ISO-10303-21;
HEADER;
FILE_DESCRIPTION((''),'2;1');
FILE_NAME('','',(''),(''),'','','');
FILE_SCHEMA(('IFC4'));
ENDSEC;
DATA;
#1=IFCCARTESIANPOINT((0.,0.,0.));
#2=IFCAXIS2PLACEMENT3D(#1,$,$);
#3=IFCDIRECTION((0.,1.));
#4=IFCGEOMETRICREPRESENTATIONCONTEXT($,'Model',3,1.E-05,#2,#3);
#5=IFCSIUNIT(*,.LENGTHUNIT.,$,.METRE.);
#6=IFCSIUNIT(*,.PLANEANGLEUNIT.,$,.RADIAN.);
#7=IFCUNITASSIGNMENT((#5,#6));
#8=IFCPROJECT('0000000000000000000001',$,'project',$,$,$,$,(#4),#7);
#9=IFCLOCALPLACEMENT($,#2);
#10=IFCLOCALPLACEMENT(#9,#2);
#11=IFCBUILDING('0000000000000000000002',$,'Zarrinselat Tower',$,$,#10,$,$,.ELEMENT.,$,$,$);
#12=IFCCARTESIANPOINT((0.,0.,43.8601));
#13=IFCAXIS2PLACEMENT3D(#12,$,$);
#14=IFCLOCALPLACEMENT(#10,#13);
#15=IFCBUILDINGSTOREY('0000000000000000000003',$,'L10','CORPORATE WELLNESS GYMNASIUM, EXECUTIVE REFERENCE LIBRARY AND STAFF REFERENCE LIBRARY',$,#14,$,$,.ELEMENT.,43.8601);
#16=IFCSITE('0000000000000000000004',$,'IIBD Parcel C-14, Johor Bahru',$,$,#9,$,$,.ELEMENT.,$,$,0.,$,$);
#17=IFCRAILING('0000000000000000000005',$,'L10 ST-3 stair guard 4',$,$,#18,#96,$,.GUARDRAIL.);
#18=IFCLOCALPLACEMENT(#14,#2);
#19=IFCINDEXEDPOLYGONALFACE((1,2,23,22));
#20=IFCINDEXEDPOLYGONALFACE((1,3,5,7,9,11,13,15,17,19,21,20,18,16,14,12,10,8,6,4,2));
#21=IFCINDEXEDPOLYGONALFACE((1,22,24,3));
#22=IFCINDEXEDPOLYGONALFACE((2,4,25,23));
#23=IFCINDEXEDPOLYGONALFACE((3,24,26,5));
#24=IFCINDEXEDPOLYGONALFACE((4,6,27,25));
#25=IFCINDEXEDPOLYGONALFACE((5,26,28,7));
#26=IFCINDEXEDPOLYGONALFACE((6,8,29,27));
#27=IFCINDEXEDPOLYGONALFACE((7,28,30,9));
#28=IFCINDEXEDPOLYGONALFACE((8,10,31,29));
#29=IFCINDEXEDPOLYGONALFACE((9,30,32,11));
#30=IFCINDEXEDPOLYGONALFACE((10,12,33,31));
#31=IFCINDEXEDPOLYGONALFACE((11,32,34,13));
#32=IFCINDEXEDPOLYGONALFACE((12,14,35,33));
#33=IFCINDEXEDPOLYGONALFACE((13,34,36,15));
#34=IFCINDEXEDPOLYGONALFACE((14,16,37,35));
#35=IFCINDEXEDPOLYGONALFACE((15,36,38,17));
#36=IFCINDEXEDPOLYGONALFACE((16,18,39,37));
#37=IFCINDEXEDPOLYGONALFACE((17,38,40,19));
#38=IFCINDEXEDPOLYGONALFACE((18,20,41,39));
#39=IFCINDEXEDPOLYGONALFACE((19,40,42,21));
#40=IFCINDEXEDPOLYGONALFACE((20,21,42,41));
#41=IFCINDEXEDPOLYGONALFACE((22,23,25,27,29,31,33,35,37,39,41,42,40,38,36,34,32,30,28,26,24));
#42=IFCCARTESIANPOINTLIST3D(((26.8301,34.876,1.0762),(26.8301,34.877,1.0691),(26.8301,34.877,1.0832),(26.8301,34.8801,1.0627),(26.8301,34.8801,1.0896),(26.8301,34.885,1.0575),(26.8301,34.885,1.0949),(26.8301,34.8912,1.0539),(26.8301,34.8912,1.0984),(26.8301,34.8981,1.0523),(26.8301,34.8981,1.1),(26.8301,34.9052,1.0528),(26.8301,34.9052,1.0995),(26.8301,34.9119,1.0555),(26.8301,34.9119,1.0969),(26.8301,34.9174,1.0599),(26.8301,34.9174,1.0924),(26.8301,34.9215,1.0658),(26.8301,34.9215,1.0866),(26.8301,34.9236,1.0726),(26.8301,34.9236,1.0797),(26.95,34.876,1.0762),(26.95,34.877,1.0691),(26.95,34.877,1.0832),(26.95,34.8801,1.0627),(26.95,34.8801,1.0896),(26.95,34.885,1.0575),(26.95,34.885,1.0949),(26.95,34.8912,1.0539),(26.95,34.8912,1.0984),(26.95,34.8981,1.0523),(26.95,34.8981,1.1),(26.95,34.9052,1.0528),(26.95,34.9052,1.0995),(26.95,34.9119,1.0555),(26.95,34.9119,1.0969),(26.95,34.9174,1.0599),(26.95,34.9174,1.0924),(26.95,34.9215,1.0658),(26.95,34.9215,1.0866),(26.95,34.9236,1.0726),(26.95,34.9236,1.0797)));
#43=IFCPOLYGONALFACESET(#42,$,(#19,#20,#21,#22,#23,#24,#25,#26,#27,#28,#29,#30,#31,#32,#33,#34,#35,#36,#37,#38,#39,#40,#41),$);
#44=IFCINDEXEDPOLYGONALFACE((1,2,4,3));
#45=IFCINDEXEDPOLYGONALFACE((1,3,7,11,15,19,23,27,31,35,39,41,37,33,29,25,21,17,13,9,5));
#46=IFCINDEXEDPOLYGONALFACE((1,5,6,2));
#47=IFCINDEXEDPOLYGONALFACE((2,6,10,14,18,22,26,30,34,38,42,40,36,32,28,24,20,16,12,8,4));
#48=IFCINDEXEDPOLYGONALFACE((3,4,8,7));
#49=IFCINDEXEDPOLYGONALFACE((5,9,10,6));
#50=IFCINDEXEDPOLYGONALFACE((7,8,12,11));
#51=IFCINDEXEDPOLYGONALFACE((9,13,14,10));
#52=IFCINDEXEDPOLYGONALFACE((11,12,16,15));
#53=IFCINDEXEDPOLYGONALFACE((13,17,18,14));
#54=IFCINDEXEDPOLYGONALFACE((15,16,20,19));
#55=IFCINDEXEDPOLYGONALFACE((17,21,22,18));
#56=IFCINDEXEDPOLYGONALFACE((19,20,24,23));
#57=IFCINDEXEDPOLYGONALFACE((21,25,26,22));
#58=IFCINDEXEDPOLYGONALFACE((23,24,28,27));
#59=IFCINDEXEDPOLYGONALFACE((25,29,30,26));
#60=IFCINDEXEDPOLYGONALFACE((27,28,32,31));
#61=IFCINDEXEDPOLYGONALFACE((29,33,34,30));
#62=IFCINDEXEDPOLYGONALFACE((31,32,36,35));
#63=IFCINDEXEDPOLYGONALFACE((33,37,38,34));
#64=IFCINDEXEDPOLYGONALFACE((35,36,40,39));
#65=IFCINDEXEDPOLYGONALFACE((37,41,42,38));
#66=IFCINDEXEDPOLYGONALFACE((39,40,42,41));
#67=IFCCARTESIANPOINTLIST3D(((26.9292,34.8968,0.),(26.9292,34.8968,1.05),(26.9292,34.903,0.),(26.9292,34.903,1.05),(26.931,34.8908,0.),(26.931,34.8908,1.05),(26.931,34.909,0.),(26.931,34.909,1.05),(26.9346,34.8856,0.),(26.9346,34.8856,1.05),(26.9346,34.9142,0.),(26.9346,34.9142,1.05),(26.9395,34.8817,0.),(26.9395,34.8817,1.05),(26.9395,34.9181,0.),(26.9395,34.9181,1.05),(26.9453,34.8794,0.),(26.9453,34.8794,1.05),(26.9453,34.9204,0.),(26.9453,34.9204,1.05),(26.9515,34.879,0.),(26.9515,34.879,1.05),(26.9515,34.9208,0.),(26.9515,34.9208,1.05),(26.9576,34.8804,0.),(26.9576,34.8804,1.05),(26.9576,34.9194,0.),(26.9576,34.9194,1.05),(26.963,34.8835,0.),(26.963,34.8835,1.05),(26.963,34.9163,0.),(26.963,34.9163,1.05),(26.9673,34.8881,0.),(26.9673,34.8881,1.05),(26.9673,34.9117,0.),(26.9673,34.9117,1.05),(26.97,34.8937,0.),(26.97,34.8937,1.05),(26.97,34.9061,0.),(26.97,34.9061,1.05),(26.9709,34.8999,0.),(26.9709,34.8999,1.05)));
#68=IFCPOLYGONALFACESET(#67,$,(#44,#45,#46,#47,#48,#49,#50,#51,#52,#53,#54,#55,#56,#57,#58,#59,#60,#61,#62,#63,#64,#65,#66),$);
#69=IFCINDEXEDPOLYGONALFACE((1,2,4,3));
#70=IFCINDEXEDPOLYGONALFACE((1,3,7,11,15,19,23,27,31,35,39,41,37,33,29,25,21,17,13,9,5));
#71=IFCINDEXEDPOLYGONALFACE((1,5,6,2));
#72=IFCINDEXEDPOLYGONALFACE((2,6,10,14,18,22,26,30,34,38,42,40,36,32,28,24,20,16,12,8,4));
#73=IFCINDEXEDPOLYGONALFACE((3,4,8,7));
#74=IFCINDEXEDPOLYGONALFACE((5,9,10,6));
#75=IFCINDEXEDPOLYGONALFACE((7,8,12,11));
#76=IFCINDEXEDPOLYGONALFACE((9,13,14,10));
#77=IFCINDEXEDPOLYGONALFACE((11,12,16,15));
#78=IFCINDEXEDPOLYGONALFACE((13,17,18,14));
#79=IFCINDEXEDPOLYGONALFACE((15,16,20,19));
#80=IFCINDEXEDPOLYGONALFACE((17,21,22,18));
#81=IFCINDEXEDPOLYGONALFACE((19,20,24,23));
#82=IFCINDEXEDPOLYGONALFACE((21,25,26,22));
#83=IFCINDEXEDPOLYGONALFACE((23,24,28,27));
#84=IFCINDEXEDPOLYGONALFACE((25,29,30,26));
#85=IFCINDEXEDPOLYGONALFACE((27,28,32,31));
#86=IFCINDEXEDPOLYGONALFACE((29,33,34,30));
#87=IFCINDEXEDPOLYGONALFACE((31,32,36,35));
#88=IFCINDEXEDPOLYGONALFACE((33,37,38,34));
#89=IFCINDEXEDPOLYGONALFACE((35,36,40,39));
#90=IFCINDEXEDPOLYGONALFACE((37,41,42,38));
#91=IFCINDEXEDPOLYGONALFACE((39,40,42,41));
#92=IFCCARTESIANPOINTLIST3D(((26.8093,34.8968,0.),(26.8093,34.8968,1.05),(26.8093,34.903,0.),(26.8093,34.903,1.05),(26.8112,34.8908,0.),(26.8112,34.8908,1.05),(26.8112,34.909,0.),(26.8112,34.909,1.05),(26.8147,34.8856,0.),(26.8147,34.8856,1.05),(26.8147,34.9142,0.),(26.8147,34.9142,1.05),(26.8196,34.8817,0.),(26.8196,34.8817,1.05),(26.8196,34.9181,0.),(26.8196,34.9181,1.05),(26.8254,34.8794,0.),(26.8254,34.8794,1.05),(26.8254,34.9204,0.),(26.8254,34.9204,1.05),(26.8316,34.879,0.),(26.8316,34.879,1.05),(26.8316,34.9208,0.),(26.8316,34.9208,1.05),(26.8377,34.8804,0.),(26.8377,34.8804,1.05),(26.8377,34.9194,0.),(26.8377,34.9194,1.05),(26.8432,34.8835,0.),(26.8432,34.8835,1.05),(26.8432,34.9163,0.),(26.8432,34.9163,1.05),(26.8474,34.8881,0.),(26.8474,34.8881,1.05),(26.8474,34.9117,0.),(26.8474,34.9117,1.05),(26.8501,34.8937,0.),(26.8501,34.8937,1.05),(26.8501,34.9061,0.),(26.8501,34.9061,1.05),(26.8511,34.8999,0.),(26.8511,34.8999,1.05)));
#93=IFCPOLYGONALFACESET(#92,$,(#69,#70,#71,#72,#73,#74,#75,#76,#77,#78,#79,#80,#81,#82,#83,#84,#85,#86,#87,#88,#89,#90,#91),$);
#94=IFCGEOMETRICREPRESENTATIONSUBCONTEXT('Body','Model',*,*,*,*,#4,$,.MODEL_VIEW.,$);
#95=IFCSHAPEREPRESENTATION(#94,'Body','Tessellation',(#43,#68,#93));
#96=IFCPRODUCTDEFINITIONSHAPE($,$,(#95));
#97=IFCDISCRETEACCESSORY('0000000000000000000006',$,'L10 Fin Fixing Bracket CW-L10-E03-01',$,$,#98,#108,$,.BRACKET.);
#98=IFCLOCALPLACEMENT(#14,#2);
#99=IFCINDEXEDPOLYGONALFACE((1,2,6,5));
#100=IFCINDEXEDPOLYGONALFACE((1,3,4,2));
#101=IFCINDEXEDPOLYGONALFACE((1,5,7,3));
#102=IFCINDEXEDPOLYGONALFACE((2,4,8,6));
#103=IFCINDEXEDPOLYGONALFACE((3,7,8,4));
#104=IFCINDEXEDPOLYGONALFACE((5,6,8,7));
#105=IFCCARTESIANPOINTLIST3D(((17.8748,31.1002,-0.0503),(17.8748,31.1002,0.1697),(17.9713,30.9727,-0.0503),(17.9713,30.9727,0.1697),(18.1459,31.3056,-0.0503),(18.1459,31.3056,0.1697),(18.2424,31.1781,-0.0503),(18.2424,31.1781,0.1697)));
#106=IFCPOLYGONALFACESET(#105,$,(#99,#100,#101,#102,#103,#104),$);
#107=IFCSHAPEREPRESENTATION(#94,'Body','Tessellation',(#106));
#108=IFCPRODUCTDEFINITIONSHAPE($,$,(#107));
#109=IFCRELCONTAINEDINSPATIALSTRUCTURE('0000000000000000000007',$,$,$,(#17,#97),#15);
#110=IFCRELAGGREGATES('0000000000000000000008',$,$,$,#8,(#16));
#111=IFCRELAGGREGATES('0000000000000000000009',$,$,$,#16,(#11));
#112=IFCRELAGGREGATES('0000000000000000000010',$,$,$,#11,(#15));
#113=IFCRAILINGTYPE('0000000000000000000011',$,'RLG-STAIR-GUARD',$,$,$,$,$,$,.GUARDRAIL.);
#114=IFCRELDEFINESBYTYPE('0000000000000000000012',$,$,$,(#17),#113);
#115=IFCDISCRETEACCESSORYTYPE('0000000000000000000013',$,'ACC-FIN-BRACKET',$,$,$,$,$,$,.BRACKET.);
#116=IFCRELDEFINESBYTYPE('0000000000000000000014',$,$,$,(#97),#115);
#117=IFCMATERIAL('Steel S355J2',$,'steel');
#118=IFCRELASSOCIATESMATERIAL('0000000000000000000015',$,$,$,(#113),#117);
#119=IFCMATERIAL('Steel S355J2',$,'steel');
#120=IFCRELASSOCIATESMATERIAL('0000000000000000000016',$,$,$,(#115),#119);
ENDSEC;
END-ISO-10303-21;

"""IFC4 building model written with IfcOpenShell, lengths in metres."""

from ifc_helpers import new_model, si_unit, direction, frame, origin, origin_2d, place, context, subcontext, project, spatial, rectangle, circle, extrude, material, type_object, element, save


model = new_model("IFC4")

# Units and contexts
model_context = context("Model", 3, precision=1e-05, world=origin(), true_north=direction((0.0, 1.0)))
body_context = subcontext(model_context, "Body", "Model", "MODEL_VIEW")
ifc_project = project(units=[si_unit("LENGTHUNIT", "METRE"), si_unit("PLANEANGLEUNIT", "RADIAN")], contexts=[model_context])

# Site, building, storey
site_placement = place(None, origin())
site = spatial("IfcSite", under=ifc_project, at=site_placement, Name="IIBD Parcel C-14, Johor Bahru", CompositionType="ELEMENT", RefElevation=0.0)
building_placement = place(site_placement, origin())
building = spatial("IfcBuilding", under=site, at=building_placement, Name="Zarrinselat Tower", CompositionType="ELEMENT")
storey_placement = place(building_placement, frame((0.0, 0.0, 43.8601)))
storey = spatial("IfcBuildingStorey", under=building, at=storey_placement, Name="L10", Description="CORPORATE WELLNESS GYMNASIUM, EXECUTIVE REFERENCE LIBRARY AND STAFF REFERENCE LIBRARY", CompositionType="ELEMENT", Elevation=43.8601)

# Railing
ifc_material_1 = material(Name="Steel S355J2", Category="steel")
railing_type = type_object("IfcRailingType", Name="RLG-STAIR-GUARD", PredefinedType="GUARDRAIL", material=ifc_material_1)
railing_placement = place(storey_placement, frame((26.95, 34.8999, 0.0)))
element("IfcRailing", 1, at=railing_placement, inside=storey, type_object=railing_type, Name="L10 ST-3 stair guard 4", PredefinedType="GUARDRAIL", context=body_context, shape_type="SweptSolid", body=[
    extrude(circle(Radius=0.0239, at=origin_2d()), frame((0.0, 0.0, 1.0762), z_axis=(-1.0, 0.0, 0.0), x_axis=(0.0, -1.0, 0.0)), (0.0, 0.0, 1.0), 0.1199),
    extrude(circle(Radius=0.021, at=origin_2d()), origin(), (0.0, 0.0, 1.0), 1.05),
    extrude(circle(Radius=0.021, at=origin_2d()), frame((-0.1199, 0.0, 0.0)), (0.0, 0.0, 1.0), 1.05),
])

# Discrete accessory
ifc_material_2 = material(Name="Steel S355J2", Category="steel")
discrete_accessory_type = type_object("IfcDiscreteAccessoryType", Name="ACC-FIN-BRACKET", PredefinedType="BRACKET", material=ifc_material_2)
discrete_accessory_placement = place(storey_placement, frame((18.0586, 31.1392, -0.0503), z_axis=(0.0, 0.0, 1.0), x_axis=(-0.797092, -0.603857, 0.0)))
element("IfcDiscreteAccessory", 2, at=discrete_accessory_placement, inside=storey, type_object=discrete_accessory_type, Name="L10 Fin Fixing Bracket CW-L10-E03-01", PredefinedType="BRACKET", context=body_context, shape_type="SweptSolid", body=[
    extrude(rectangle(XDim=0.3401, YDim=0.1599, at=origin_2d()), origin(), (0.0, 0.0, 1.0), 0.22),
])

save(model, "model.ifc")
